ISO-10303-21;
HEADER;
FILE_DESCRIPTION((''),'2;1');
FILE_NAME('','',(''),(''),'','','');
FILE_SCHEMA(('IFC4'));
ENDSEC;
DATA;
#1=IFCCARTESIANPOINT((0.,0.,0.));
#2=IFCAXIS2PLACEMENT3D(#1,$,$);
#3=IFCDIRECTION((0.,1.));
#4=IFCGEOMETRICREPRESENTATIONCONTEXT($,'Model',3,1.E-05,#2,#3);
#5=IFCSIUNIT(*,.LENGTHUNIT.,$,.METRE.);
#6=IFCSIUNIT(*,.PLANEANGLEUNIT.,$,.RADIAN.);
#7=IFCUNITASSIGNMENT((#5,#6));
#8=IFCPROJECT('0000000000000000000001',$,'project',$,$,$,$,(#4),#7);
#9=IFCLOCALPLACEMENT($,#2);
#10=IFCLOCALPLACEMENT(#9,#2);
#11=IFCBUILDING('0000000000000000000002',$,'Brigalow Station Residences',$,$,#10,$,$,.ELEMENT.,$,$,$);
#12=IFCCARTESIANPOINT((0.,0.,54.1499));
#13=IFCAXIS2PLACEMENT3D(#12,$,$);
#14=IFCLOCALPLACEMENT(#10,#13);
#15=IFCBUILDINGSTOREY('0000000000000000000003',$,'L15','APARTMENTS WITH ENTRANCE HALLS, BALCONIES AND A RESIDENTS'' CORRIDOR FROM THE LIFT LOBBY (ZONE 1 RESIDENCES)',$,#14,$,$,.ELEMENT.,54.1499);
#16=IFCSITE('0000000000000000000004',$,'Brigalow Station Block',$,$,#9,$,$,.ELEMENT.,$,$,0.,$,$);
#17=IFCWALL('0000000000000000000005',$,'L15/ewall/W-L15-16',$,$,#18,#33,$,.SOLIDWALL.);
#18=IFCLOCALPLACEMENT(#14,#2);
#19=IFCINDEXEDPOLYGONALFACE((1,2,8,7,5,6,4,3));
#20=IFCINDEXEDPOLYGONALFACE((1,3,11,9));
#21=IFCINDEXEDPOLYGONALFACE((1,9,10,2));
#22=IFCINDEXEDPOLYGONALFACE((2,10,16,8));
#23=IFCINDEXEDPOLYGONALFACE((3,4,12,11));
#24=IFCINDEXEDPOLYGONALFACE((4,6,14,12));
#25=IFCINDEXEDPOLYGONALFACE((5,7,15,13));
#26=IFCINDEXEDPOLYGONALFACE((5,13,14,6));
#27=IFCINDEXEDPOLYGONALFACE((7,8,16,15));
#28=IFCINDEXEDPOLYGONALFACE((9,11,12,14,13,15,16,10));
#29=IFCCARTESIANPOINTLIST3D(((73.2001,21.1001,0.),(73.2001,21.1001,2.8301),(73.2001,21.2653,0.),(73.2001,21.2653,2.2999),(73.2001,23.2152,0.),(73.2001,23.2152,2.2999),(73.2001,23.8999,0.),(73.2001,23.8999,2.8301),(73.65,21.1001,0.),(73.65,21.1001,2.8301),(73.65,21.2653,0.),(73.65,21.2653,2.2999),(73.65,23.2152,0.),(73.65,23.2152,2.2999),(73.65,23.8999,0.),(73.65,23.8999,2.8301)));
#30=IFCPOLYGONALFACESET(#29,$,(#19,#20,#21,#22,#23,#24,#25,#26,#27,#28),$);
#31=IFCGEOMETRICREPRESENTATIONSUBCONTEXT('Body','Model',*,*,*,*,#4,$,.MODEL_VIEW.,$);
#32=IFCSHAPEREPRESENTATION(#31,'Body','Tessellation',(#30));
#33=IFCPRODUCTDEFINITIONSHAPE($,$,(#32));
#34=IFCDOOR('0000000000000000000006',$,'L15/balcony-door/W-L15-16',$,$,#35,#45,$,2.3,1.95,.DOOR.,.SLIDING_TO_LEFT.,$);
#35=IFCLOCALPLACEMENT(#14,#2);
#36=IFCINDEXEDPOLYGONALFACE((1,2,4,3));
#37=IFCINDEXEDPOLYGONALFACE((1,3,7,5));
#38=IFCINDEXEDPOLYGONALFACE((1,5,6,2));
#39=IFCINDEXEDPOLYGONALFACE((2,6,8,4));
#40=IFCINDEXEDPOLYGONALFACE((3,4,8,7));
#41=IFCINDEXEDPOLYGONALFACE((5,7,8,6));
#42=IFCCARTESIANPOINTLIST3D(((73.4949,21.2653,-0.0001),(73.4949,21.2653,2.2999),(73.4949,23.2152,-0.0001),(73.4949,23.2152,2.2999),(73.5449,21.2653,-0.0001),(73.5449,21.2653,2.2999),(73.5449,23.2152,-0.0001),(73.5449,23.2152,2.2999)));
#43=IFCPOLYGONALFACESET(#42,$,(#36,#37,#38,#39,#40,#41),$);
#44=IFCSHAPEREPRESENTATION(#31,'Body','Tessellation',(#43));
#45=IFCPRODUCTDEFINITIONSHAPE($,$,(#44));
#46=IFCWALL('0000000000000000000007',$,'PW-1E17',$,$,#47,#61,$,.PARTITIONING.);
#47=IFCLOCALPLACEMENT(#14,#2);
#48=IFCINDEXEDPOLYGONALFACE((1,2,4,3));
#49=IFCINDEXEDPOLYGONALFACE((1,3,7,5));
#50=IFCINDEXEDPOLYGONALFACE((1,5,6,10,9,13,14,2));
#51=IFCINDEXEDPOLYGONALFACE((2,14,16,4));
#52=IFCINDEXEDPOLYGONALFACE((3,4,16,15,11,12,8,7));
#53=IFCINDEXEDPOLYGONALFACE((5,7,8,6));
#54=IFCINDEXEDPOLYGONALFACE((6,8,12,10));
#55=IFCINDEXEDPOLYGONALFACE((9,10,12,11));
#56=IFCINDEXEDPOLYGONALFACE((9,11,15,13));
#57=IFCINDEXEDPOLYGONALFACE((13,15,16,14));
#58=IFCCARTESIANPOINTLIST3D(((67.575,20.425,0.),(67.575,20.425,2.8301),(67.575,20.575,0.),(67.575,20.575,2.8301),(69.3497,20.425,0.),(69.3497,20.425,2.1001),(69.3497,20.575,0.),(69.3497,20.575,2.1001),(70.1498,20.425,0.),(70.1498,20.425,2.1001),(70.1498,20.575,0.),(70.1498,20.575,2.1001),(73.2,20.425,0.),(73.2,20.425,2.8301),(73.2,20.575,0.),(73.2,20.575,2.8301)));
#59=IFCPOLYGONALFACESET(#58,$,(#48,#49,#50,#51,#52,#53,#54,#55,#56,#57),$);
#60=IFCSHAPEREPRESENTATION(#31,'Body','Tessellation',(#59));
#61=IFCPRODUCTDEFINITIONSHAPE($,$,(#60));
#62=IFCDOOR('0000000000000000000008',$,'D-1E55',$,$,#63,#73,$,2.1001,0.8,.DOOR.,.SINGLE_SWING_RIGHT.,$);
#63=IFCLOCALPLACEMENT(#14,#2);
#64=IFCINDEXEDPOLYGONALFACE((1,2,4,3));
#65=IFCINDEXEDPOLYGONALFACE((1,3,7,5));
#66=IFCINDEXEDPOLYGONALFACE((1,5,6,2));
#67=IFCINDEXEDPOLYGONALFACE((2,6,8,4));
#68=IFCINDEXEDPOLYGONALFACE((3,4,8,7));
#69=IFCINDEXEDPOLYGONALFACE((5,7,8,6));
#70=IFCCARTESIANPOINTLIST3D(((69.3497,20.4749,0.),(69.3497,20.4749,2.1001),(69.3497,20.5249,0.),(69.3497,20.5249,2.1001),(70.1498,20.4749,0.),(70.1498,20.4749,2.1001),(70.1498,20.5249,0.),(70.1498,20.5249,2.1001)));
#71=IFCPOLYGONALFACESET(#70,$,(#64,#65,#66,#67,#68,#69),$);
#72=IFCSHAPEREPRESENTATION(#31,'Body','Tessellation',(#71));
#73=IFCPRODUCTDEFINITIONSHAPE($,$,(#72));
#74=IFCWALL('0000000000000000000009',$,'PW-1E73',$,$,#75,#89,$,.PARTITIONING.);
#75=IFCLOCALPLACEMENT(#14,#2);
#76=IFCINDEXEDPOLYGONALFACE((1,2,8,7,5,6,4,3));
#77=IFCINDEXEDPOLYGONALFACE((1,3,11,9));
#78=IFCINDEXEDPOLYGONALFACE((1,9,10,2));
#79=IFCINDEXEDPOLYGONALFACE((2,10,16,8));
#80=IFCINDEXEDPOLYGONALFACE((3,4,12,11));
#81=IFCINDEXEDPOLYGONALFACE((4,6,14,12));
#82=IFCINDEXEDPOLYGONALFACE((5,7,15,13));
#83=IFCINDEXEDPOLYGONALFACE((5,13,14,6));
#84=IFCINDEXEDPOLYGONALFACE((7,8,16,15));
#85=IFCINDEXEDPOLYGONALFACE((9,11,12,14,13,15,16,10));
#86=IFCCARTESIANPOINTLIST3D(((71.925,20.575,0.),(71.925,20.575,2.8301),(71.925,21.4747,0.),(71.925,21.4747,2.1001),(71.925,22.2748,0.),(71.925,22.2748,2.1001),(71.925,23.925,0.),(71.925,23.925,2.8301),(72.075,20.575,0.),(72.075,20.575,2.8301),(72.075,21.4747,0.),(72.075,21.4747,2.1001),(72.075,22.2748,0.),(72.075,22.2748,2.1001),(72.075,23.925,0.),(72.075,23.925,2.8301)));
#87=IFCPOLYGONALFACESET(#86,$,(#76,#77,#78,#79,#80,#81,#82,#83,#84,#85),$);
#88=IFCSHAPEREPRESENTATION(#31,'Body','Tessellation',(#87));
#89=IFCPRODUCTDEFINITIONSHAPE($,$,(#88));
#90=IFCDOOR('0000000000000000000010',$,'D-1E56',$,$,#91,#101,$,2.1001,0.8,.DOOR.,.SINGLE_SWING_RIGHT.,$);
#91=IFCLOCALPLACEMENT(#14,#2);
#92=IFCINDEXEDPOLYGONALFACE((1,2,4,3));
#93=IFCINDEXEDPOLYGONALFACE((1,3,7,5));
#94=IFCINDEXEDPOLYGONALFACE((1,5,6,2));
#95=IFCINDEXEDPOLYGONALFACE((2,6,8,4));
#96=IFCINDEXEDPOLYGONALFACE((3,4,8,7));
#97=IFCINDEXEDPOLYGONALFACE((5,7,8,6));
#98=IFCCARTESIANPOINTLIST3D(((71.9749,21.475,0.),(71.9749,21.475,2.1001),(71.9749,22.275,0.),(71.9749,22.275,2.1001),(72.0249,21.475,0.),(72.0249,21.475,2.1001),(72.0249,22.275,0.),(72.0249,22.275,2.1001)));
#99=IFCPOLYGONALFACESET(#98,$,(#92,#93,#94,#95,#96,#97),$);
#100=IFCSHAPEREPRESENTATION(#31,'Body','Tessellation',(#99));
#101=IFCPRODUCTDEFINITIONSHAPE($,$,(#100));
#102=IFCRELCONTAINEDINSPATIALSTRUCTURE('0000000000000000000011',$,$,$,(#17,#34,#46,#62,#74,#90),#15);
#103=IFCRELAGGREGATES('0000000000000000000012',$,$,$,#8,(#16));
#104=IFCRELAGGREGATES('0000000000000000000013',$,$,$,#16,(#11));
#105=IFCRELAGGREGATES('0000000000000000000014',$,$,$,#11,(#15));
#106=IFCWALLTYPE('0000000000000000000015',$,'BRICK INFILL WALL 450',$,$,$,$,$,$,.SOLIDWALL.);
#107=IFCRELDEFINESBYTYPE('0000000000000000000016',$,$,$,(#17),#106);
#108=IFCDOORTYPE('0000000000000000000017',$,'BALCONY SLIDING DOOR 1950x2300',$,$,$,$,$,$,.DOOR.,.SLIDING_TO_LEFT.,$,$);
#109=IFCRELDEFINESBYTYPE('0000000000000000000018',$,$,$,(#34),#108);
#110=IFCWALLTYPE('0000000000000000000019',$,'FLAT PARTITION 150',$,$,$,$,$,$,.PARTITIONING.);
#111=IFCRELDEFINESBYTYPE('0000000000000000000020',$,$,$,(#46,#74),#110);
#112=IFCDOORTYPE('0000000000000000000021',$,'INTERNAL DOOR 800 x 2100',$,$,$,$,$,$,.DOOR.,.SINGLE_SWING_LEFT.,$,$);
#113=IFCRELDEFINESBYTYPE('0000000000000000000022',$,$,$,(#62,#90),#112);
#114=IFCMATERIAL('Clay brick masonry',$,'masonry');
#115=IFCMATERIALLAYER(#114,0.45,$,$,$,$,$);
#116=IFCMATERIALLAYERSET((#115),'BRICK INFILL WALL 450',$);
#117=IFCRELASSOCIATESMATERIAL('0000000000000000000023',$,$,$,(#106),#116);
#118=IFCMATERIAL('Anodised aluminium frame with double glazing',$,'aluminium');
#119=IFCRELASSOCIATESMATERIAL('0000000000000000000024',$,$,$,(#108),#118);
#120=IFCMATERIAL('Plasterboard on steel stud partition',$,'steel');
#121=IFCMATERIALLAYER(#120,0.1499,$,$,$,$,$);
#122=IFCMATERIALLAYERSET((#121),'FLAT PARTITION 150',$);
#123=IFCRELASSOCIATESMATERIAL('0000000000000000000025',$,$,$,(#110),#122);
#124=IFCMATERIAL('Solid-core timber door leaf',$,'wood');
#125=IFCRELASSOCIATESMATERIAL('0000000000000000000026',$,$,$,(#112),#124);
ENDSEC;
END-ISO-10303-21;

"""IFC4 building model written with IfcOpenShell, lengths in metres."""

from ifc_helpers import new_model, si_unit, direction, frame, frame_2d, origin, place, context, subcontext, project, spatial, rectangle, extrude, material, layer, layer_set, type_object, element, fill, save


model = new_model("IFC4")

# Units and contexts
model_context = context("Model", 3, precision=1e-05, world=origin(), true_north=direction((0.0, 1.0)))
body_context = subcontext(model_context, "Body", "Model", "MODEL_VIEW")
ifc_project = project(units=[si_unit("LENGTHUNIT", "METRE"), si_unit("PLANEANGLEUNIT", "RADIAN")], contexts=[model_context])

# Site, building, storey
site_placement = place(None, origin())
site = spatial("IfcSite", under=ifc_project, at=site_placement, Name="Brigalow Station Block", CompositionType="ELEMENT", RefElevation=0.0)
building_placement = place(site_placement, origin())
building = spatial("IfcBuilding", under=site, at=building_placement, Name="Brigalow Station Residences", CompositionType="ELEMENT")
storey_placement = place(building_placement, frame((0.0, 0.0, 54.1499)))
storey = spatial("IfcBuildingStorey", under=building, at=storey_placement, Name="L15", Description="APARTMENTS WITH ENTRANCE HALLS, BALCONIES AND A RESIDENTS' CORRIDOR FROM THE LIFT LOBBY (ZONE 1 RESIDENCES)", CompositionType="ELEMENT", Elevation=54.1499)

# Shared definitions
ifc_material_1 = material(Name="Clay brick masonry", Category="masonry")
ifc_layer_1 = layer(ifc_material_1, 0.45)
ifc_layer_set_1 = layer_set([ifc_layer_1], Name="BRICK INFILL WALL 450")
wall_type_1 = type_object("IfcWallType", Name="BRICK INFILL WALL 450", PredefinedType="SOLIDWALL", material=ifc_layer_set_1)

# Walls, openings, doors
wall_1_placement = place(storey_placement, frame((73.425, 21.1001, 0.0), z_axis=(0.0, 0.0, 1.0), x_axis=(0.0, 1.0, 0.0)))
wall_1 = element("IfcWall", 1, at=wall_1_placement, inside=storey, type_object=wall_type_1, Name="L15/ewall/W-L15-16", PredefinedType="SOLIDWALL", context=body_context, shape_type="SweptSolid", body=[
    extrude(rectangle(XDim=2.7998, YDim=0.45, at=frame_2d((1.3999, 0.0))), origin(), (0.0, 0.0, 1.0), 2.8301),
])
opening_1_placement = place(wall_1_placement, frame((0.165, 0.0, 0.0)))
opening_1 = element("IfcOpeningElement", 2, at=opening_1_placement, cuts=wall_1, PredefinedType="OPENING", context=body_context, shape_type="SweptSolid", body=[
    extrude(rectangle(XDim=1.95, YDim=2.3, at=frame_2d((0.9751, 1.1499))), frame((0.0, 0.2349, 0.0), z_axis=(0.0, -1.0, 0.0), x_axis=(1.0, 0.0, 0.0)), (0.0, 0.0, 1.0), 0.47),
])
ifc_material_2 = material(Name="Anodised aluminium frame with double glazing", Category="aluminium")
door_type_1 = type_object("IfcDoorType", Name="BALCONY SLIDING DOOR 1950x2300", OperationType="SLIDING_TO_LEFT", PredefinedType="DOOR", material=ifc_material_2)
door_1_placement = place(opening_1_placement, origin())
door_1 = element("IfcDoor", 3, at=door_1_placement, inside=storey, type_object=door_type_1, Name="L15/balcony-door/W-L15-16", OperationType="SLIDING_TO_LEFT", OverallHeight=2.3, OverallWidth=1.95, PredefinedType="DOOR", context=body_context, shape_type="SweptSolid", body=[
    extrude(rectangle(XDim=1.95, YDim=2.3, at=frame_2d((0.9751, 1.1499))), frame((0.0, -0.0698, 0.0), z_axis=(0.0, -1.0, 0.0), x_axis=(1.0, 0.0, 0.0)), (0.0, 0.0, 1.0), 0.05),
])
fill(opening_1, door_1)
ifc_material_3 = material(Name="Plasterboard on steel stud partition", Category="steel")
ifc_layer_2 = layer(ifc_material_3, 0.1499)
ifc_layer_set_2 = layer_set([ifc_layer_2], Name="FLAT PARTITION 150")
wall_type_2 = type_object("IfcWallType", Name="FLAT PARTITION 150", PredefinedType="PARTITIONING", material=ifc_layer_set_2)
wall_2_placement = place(storey_placement, frame((67.575, 20.5, 0.0), z_axis=(0.0, 0.0, 1.0), x_axis=(1.0, 0.0, 0.0)))
wall_2 = element("IfcWall", 4, at=wall_2_placement, inside=storey, type_object=wall_type_2, Name="PW-1E17", PredefinedType="PARTITIONING", context=body_context, shape_type="SweptSolid", body=[
    extrude(rectangle(XDim=5.625, YDim=0.1499, at=frame_2d((2.8125, 0.0))), origin(), (0.0, 0.0, 1.0), 2.8301),
])
opening_2_placement = place(wall_2_placement, frame((1.7749, 0.0, 0.0)))
opening_2 = element("IfcOpeningElement", 5, at=opening_2_placement, cuts=wall_2, PredefinedType="OPENING", context=body_context, shape_type="SweptSolid", body=[
    extrude(rectangle(XDim=0.8, YDim=2.1001, at=frame_2d((0.3999, 1.05))), frame((0.0, 0.085, 0.0), z_axis=(0.0, -1.0, 0.0), x_axis=(1.0, 0.0, 0.0)), (0.0, 0.0, 1.0), 0.1699),
])
ifc_material_4 = material(Name="Solid-core timber door leaf", Category="wood")
door_type_2 = type_object("IfcDoorType", Name="INTERNAL DOOR 800 x 2100", OperationType="SINGLE_SWING_LEFT", PredefinedType="DOOR", material=ifc_material_4)
door_2_placement = place(opening_2_placement, origin())
door_2 = element("IfcDoor", 6, at=door_2_placement, inside=storey, type_object=door_type_2, Name="D-1E55", OperationType="SINGLE_SWING_RIGHT", OverallHeight=2.1001, OverallWidth=0.8, PredefinedType="DOOR", context=body_context, shape_type="SweptSolid", body=[
    extrude(rectangle(XDim=0.8, YDim=2.1001, at=frame_2d((0.3999, 1.05))), frame((0.0, 0.0249, 0.0), z_axis=(0.0, -1.0, 0.0), x_axis=(1.0, 0.0, 0.0)), (0.0, 0.0, 1.0), 0.05),
])
fill(opening_2, door_2)
wall_3_placement = place(storey_placement, frame((72.0, 20.575, 0.0), z_axis=(0.0, 0.0, 1.0), x_axis=(0.0, 1.0, 0.0)))
wall_3 = element("IfcWall", 7, at=wall_3_placement, inside=storey, type_object=wall_type_2, Name="PW-1E73", PredefinedType="PARTITIONING", context=body_context, shape_type="SweptSolid", body=[
    extrude(rectangle(XDim=3.3501, YDim=0.1499, at=frame_2d((1.675, 0.0))), origin(), (0.0, 0.0, 1.0), 2.8301),
])
opening_3_placement = place(wall_3_placement, frame((0.8999, 0.0, 0.0)))
opening_3 = element("IfcOpeningElement", 8, at=opening_3_placement, cuts=wall_3, PredefinedType="OPENING", context=body_context, shape_type="SweptSolid", body=[
    extrude(rectangle(XDim=0.8, YDim=2.1001, at=frame_2d((0.3999, 1.05))), frame((0.0, 0.085, 0.0), z_axis=(0.0, -1.0, 0.0), x_axis=(1.0, 0.0, 0.0)), (0.0, 0.0, 1.0), 0.1699),
])
door_3_placement = place(opening_3_placement, frame((0.8, 0.0, 0.0), z_axis=(0.0, 0.0, 1.0), x_axis=(-1.0, 0.0, 0.0)))
door_3 = element("IfcDoor", 9, at=door_3_placement, inside=storey, type_object=door_type_2, Name="D-1E56", OperationType="SINGLE_SWING_RIGHT", OverallHeight=2.1001, OverallWidth=0.8, PredefinedType="DOOR", context=body_context, shape_type="SweptSolid", body=[
    extrude(rectangle(XDim=0.8, YDim=2.1001, at=frame_2d((0.3999, 1.05))), frame((0.0, 0.0249, 0.0), z_axis=(0.0, -1.0, 0.0), x_axis=(1.0, 0.0, 0.0)), (0.0, 0.0, 1.0), 0.05),
])
fill(opening_3, door_3)

save(model, "model.ifc")
